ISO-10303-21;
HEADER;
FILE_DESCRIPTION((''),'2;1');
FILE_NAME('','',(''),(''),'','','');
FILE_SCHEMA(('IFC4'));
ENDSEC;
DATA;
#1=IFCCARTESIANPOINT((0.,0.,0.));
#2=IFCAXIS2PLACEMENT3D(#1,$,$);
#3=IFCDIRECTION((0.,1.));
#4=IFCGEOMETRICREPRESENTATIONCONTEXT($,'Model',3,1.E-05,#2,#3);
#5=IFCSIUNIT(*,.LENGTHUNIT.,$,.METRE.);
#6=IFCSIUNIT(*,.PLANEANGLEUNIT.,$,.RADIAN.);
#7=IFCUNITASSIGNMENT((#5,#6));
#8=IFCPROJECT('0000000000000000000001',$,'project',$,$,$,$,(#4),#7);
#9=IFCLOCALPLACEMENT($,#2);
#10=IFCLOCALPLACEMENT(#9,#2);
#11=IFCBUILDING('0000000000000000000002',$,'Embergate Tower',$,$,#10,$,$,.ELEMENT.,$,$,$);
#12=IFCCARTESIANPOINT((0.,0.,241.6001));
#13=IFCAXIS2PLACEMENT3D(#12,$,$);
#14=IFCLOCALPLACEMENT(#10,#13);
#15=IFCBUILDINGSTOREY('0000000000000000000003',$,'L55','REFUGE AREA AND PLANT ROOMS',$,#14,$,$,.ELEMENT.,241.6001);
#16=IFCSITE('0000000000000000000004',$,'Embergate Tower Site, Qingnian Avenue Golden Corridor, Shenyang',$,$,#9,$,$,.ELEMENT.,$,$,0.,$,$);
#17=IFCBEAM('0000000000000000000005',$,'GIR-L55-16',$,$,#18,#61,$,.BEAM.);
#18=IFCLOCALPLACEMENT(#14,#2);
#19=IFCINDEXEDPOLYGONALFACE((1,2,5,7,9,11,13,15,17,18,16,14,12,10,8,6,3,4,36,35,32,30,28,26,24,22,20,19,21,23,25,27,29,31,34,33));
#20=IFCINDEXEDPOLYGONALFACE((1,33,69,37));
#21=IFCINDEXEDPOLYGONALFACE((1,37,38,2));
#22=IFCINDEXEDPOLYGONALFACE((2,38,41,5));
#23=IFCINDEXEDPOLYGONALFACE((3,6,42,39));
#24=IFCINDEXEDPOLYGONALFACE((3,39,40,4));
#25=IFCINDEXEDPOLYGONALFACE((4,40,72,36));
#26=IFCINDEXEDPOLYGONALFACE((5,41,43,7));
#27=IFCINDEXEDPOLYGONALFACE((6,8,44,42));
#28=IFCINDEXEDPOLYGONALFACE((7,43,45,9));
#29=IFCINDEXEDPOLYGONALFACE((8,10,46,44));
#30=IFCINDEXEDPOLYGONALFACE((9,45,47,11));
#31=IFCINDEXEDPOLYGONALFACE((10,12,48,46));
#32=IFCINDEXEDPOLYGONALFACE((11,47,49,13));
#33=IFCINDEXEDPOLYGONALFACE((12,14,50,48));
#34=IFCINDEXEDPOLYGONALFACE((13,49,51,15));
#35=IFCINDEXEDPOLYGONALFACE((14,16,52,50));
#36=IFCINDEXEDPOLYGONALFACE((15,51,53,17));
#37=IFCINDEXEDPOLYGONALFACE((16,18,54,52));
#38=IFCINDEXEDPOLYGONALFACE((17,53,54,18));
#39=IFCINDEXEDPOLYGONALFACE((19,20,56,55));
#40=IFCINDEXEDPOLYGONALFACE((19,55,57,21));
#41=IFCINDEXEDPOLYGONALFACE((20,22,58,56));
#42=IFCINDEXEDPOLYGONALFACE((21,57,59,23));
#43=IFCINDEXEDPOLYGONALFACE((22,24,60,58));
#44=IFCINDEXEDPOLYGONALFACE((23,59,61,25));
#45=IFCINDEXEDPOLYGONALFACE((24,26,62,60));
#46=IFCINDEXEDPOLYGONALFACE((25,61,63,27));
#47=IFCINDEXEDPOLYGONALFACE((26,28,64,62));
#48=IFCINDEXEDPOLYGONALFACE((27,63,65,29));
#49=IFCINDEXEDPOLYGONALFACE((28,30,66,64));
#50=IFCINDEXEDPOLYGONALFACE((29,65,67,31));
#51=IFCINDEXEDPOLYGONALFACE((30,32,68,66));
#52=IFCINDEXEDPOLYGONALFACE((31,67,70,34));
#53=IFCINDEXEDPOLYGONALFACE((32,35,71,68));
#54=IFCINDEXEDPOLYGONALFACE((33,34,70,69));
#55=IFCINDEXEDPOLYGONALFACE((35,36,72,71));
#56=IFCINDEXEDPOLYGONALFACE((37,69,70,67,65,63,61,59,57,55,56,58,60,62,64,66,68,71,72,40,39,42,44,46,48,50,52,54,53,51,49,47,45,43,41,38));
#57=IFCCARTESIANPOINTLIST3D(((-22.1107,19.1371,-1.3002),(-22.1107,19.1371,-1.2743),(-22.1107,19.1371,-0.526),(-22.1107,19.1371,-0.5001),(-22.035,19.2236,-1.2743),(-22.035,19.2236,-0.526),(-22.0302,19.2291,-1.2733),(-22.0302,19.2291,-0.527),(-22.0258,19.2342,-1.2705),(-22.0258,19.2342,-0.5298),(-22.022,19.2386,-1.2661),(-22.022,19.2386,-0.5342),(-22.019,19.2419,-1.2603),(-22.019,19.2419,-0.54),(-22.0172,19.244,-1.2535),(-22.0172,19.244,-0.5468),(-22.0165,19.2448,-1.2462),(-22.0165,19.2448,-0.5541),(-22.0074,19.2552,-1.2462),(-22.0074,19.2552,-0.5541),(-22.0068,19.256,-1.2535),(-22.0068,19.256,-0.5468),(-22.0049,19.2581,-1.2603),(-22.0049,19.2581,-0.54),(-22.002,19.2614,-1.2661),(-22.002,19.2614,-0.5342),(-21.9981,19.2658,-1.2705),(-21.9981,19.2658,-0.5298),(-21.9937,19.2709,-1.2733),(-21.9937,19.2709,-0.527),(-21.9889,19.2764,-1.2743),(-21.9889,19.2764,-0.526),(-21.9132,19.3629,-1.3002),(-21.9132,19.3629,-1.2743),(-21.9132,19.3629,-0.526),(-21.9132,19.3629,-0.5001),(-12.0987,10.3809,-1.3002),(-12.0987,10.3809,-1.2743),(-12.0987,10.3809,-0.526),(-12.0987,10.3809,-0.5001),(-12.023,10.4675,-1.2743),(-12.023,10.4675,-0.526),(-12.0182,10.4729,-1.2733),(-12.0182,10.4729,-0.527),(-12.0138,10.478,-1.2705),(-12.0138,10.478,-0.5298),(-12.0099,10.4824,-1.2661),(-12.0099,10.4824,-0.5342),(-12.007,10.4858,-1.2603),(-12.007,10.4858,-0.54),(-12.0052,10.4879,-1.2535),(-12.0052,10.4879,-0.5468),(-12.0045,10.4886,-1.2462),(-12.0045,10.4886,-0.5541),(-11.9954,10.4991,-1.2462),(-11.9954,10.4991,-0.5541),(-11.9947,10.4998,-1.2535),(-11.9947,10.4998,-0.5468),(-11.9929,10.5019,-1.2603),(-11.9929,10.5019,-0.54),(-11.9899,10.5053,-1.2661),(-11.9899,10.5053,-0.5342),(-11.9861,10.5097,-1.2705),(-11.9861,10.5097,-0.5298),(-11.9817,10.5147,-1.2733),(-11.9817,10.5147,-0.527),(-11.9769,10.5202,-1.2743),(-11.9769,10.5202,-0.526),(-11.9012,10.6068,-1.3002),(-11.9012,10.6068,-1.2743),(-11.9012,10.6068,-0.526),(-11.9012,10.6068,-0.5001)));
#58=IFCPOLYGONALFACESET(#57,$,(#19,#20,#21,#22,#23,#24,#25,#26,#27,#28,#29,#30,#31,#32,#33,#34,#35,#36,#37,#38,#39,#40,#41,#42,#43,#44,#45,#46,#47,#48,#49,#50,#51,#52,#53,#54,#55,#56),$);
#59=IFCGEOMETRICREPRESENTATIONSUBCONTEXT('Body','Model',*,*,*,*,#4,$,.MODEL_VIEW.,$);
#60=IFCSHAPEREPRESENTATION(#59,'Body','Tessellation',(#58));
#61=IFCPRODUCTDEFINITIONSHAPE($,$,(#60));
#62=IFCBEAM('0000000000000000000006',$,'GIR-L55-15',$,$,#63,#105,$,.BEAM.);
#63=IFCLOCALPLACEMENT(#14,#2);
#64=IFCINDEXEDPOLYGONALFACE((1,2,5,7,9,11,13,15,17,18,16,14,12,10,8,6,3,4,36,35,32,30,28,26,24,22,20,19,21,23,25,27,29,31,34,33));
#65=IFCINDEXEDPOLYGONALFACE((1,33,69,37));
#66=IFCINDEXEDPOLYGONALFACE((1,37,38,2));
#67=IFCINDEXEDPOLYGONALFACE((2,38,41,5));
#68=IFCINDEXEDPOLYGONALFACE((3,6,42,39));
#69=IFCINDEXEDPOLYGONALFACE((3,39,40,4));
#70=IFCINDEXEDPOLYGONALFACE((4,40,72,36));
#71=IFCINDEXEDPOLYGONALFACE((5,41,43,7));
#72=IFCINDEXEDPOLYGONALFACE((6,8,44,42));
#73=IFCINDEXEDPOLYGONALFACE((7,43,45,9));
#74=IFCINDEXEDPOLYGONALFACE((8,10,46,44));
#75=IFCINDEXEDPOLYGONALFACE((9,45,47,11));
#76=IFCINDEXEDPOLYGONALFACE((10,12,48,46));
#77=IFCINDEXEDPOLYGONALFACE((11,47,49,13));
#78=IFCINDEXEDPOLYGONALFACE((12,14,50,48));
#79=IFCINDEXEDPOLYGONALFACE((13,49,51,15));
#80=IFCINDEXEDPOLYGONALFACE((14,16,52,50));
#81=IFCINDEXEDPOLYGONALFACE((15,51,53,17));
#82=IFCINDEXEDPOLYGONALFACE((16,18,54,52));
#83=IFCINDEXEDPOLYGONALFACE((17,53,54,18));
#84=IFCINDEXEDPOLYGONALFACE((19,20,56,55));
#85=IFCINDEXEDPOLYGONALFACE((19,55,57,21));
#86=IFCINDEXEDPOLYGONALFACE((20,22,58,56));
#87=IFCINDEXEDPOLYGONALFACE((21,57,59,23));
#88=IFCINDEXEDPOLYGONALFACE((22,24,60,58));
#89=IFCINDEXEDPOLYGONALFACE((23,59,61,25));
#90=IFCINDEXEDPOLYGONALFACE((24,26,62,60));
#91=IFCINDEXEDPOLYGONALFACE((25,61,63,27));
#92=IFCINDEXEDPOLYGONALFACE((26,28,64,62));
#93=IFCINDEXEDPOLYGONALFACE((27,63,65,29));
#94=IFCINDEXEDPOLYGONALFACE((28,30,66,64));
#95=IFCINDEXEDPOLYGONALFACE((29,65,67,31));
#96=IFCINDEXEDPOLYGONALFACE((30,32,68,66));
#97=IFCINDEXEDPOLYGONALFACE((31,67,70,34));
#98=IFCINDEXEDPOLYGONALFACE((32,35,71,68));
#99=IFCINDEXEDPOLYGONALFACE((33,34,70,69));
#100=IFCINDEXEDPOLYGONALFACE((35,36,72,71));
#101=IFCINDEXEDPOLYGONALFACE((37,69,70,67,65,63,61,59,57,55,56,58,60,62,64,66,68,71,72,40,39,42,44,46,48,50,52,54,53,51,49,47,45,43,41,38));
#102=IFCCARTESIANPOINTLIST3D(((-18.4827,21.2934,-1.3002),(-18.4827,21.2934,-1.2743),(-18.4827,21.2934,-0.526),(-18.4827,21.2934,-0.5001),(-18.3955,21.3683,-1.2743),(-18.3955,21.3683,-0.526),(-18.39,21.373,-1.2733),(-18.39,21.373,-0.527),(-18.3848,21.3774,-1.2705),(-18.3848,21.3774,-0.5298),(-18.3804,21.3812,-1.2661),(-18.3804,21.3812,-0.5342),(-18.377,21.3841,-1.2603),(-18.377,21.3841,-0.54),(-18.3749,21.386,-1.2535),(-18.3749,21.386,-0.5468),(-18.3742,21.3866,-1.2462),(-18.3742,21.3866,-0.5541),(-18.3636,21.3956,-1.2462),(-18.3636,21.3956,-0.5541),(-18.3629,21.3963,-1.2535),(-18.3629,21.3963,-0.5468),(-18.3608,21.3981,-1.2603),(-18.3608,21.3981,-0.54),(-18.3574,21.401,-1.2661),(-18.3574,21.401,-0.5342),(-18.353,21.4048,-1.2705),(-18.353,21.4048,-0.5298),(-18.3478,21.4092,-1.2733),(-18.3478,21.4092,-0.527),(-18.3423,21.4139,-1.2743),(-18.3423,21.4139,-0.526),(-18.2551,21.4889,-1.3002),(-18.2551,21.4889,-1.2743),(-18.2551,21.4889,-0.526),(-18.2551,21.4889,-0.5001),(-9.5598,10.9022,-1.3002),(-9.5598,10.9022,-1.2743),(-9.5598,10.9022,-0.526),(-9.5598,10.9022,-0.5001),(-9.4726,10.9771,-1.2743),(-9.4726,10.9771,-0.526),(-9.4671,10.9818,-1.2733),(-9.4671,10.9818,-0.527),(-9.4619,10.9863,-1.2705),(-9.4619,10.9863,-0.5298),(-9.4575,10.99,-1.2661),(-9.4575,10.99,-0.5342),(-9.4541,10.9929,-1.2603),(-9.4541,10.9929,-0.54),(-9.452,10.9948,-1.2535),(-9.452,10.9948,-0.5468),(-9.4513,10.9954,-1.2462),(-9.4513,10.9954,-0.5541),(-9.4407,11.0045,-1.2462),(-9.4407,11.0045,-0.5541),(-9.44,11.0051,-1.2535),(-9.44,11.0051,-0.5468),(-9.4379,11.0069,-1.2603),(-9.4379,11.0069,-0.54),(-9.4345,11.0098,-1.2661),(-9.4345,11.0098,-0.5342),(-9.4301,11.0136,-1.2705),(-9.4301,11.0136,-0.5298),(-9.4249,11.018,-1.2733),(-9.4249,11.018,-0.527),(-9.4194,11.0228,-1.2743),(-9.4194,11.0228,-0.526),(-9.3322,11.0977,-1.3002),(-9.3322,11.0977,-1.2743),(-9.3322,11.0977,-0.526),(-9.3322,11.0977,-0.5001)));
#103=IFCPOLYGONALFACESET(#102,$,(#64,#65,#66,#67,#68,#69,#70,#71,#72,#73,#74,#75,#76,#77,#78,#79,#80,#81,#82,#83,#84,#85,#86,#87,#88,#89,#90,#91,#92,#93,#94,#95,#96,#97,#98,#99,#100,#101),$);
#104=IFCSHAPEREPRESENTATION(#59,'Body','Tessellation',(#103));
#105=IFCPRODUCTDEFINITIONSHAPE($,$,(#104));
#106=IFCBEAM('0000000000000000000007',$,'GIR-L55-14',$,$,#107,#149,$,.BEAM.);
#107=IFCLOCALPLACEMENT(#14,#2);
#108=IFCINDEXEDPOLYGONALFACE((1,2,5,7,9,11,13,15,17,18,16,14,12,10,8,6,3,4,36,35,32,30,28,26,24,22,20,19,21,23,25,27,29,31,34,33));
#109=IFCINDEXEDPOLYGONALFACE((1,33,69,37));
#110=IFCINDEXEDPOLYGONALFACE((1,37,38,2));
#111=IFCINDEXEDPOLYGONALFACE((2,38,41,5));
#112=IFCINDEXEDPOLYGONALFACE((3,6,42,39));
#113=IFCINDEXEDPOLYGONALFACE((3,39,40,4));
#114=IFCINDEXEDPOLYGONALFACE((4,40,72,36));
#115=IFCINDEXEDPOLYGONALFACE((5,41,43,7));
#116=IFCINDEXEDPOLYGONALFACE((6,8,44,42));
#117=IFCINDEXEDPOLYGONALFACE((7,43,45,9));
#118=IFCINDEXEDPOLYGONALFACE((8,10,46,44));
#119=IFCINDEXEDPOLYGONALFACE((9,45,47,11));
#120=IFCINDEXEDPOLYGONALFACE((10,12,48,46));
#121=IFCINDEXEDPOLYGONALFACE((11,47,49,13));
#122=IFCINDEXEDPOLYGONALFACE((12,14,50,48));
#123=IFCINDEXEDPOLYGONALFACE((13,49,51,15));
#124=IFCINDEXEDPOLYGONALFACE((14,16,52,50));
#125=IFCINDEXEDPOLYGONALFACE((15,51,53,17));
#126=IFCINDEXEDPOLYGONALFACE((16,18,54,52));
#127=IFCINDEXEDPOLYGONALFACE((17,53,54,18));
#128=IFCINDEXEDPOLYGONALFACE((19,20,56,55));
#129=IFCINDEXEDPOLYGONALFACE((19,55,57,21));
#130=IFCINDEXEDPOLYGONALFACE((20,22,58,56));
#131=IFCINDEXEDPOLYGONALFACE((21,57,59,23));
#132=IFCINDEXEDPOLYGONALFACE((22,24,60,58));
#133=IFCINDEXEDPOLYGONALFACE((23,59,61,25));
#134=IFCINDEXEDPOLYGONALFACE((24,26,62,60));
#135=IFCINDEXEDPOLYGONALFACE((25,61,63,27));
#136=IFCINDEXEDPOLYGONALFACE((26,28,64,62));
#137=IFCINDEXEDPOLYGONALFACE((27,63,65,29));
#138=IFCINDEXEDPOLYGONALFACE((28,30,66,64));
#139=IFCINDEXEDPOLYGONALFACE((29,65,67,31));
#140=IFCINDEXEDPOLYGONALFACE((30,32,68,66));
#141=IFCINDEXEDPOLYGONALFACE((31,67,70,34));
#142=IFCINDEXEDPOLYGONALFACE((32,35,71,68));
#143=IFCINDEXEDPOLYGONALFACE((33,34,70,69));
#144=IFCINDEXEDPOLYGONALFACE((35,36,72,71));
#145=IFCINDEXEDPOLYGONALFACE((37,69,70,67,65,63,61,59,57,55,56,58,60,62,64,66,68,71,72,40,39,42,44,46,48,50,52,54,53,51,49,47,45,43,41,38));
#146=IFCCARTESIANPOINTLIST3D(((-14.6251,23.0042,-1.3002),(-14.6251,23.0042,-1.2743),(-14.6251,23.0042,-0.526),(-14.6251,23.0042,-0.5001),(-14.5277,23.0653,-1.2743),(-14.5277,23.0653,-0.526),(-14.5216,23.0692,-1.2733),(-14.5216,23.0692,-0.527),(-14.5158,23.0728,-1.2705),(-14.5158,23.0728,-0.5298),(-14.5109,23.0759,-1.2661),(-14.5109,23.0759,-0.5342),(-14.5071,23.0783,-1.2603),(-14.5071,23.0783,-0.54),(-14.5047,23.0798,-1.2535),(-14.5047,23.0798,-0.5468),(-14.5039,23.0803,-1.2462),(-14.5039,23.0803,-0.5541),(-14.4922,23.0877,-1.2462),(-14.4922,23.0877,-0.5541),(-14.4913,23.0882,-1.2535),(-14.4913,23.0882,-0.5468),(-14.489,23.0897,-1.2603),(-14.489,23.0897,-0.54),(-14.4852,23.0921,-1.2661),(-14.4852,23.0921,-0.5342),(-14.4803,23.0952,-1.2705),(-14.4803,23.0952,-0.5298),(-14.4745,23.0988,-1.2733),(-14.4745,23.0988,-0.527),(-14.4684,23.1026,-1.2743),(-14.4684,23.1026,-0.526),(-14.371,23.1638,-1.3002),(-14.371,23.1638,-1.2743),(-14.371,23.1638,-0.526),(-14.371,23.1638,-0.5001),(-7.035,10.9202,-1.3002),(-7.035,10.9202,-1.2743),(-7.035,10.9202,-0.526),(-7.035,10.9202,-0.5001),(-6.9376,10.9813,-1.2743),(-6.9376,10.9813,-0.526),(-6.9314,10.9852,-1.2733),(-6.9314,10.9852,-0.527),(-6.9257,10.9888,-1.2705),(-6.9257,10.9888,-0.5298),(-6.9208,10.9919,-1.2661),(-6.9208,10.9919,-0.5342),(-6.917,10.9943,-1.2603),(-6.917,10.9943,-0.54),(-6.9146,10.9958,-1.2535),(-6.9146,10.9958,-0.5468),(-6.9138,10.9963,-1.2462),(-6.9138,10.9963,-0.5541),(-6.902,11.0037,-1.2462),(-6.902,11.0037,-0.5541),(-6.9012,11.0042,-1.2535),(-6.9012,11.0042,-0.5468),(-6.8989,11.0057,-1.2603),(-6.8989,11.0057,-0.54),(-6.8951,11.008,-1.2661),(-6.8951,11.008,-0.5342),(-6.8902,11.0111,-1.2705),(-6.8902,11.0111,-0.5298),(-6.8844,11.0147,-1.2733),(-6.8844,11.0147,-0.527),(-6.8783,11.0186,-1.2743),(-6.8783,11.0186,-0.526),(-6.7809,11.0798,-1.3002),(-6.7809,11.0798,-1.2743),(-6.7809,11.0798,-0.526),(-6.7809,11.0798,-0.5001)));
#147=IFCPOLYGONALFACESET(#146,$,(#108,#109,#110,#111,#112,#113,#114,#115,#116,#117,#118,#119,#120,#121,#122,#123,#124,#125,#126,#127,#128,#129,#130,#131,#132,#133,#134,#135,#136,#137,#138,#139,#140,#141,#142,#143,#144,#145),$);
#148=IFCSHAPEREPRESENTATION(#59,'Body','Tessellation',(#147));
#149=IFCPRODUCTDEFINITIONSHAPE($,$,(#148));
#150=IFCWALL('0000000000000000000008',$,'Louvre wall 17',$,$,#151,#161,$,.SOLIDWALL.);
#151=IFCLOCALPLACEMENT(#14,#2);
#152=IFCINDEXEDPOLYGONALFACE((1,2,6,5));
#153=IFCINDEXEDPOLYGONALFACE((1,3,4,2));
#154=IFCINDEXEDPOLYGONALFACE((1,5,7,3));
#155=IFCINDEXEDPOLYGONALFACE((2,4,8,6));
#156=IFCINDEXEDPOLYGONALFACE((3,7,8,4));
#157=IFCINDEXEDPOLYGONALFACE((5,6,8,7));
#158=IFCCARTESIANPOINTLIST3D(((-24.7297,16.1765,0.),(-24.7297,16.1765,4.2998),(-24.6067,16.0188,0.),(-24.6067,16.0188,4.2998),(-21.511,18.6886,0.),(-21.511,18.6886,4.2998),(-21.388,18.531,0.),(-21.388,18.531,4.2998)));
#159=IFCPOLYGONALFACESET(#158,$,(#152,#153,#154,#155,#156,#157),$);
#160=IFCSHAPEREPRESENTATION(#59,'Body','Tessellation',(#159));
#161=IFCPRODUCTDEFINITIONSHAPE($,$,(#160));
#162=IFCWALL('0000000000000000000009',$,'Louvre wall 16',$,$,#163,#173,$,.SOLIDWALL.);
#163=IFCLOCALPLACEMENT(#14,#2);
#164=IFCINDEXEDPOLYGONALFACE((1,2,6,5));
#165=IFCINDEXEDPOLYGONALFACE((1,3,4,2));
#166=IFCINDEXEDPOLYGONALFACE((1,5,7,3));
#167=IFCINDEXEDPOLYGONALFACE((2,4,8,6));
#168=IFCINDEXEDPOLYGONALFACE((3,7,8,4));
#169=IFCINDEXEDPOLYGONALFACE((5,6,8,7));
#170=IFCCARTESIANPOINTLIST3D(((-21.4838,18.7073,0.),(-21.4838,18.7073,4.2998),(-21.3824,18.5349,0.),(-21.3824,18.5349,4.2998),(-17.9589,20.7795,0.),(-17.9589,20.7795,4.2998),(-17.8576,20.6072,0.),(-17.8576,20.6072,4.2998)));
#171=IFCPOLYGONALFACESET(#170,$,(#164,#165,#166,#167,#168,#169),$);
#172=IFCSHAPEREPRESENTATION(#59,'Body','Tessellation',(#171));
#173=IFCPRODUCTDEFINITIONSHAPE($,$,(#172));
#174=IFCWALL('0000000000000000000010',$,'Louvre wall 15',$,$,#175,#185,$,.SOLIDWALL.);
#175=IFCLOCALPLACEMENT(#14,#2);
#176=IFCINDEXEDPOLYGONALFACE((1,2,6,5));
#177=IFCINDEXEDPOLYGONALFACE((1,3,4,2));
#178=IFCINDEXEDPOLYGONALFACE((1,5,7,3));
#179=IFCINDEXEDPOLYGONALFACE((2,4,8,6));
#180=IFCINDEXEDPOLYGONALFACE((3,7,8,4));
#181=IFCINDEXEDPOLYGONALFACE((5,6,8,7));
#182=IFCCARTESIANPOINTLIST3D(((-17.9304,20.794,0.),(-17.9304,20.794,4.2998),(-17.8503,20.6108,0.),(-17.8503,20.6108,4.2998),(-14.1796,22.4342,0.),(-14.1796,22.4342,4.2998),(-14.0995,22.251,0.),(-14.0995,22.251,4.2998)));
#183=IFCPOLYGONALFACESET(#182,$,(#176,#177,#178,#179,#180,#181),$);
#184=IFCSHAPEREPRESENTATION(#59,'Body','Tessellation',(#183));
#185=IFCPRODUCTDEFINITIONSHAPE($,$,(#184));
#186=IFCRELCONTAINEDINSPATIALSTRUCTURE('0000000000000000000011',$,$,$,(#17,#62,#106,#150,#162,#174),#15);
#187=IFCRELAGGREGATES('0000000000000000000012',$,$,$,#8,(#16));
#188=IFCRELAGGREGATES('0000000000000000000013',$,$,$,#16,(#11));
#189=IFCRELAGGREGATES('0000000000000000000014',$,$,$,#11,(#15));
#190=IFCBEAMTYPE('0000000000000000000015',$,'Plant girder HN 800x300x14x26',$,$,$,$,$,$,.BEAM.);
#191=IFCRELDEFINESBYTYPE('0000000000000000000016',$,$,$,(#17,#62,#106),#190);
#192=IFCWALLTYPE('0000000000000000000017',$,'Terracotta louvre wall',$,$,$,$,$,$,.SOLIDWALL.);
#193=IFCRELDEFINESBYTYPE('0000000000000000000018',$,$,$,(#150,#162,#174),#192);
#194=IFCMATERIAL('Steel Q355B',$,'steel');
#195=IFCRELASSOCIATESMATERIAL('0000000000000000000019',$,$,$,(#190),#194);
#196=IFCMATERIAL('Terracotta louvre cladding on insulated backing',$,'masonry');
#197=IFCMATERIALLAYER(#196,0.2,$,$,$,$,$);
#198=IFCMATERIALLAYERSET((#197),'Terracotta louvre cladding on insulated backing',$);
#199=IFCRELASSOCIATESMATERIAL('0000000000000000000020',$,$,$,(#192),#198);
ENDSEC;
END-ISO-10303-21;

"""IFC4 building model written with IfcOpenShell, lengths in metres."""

from ifc_helpers import new_model, si_unit, direction, frame, frame_2d, origin, origin_2d, place, context, subcontext, project, spatial, rectangle, i_section, extrude, source, transform, mapped, material, layer, layer_set, material_profile, profile_set, type_object, element, save


model = new_model("IFC4")

# Units and contexts
model_context = context("Model", 3, precision=1e-05, world=origin(), true_north=direction((0.0, 1.0)))
body_context = subcontext(model_context, "Body", "Model", "MODEL_VIEW")
ifc_project = project(units=[si_unit("LENGTHUNIT", "METRE"), si_unit("PLANEANGLEUNIT", "RADIAN")], contexts=[model_context])

# Site, building, storey
site_placement = place(None, origin())
site = spatial("IfcSite", under=ifc_project, at=site_placement, Name="Embergate Tower Site, Qingnian Avenue Golden Corridor, Shenyang", CompositionType="ELEMENT", RefElevation=0.0)
building_placement = place(site_placement, origin())
building = spatial("IfcBuilding", under=site, at=building_placement, Name="Embergate Tower", CompositionType="ELEMENT")
storey_placement = place(building_placement, frame((0.0, 0.0, 241.6001)))
storey = spatial("IfcBuildingStorey", under=building, at=storey_placement, Name="L55", Description="REFUGE AREA AND PLANT ROOMS", CompositionType="ELEMENT", Elevation=241.6001)

# Beams
ifc_material_1 = material(Name="Steel Q355B", Category="steel")
ifc_material_profile_1 = material_profile(ifc_material_1, i_section(OverallWidth=0.3, OverallDepth=0.8, WebThickness=0.0139, FlangeThickness=0.0259, FilletRadius=0.0281, at=origin_2d()), Name="HN 800x300x14x26")
ifc_profile_set_1 = profile_set([ifc_material_profile_1], Name="Steel Q355 grade B")
beam_type_1 = type_object("IfcBeamType", Name="Plant girder HN 800x300x14x26", PredefinedType="BEAM", material=ifc_profile_set_1)
shared_shape_1 = source(origin(), body_context, "Body", "SweptSolid", [
    extrude(i_section(OverallWidth=0.3, OverallDepth=0.8, WebThickness=0.0139, FlangeThickness=0.0259, FilletRadius=0.0281, at=origin_2d()), origin(), (0.0, 0.0, 1.0), 13.3008),
])
beam_1_placement = place(storey_placement, frame((-22.012, 19.25, -0.9001), z_axis=(0.752739, -0.658319, 0.0), x_axis=(0.658319, 0.752739, 0.0)))
element("IfcBeam", 1, at=beam_1_placement, inside=storey, type_object=beam_type_1, Name="GIR-L55-16", PredefinedType="BEAM", context=body_context, shape_type="MappedRepresentation", body=[
    mapped(shared_shape_1, transform((0.0, 0.0, 0.0))),
])
shared_shape_2 = source(origin(), body_context, "Body", "SweptSolid", [
    extrude(i_section(OverallWidth=0.3, OverallDepth=0.8, WebThickness=0.0139, FlangeThickness=0.0259, FilletRadius=0.0281, at=origin_2d()), origin(), (0.0, 0.0, 1.0), 13.6965),
])
beam_2_placement = place(storey_placement, frame((-18.3689, 21.3911, -0.9001), z_axis=(0.651472, -0.758672, 0.0), x_axis=(0.758672, 0.651472, 0.0)))
element("IfcBeam", 2, at=beam_2_placement, inside=storey, type_object=beam_type_1, Name="GIR-L55-15", PredefinedType="BEAM", context=body_context, shape_type="MappedRepresentation", body=[
    mapped(shared_shape_2, transform((0.0, 0.0, 0.0))),
])
shared_shape_3 = source(origin(), body_context, "Body", "SweptSolid", [
    extrude(i_section(OverallWidth=0.3, OverallDepth=0.8, WebThickness=0.0139, FlangeThickness=0.0259, FilletRadius=0.0281, at=origin_2d()), origin(), (0.0, 0.0, 1.0), 14.27),
])
beam_3_placement = place(storey_placement, frame((-14.498, 23.084, -0.9001), z_axis=(0.531892, -0.846812, 0.0), x_axis=(0.846812, 0.531892, 0.0)))
element("IfcBeam", 3, at=beam_3_placement, inside=storey, type_object=beam_type_1, Name="GIR-L55-14", PredefinedType="BEAM", context=body_context, shape_type="MappedRepresentation", body=[
    mapped(shared_shape_3, transform((0.0, 0.0, 0.0))),
])

# Walls
ifc_material_2 = material(Name="Terracotta louvre cladding on insulated backing", Category="masonry")
ifc_layer_1 = layer(ifc_material_2, 0.2)
ifc_layer_set_1 = layer_set([ifc_layer_1], Name="Terracotta louvre cladding on insulated backing")
wall_type = type_object("IfcWallType", Name="Terracotta louvre wall", PredefinedType="SOLIDWALL", material=ifc_layer_set_1)
shared_shape_4 = source(origin(), body_context, "Body", "SweptSolid", [
    extrude(rectangle(XDim=4.083, YDim=0.2, at=frame_2d((2.0415, 0.0))), origin(), (0.0, 0.0, 1.0), 4.2998),
])
wall_1_placement = place(storey_placement, frame((-24.6682, 16.0977, 0.0), z_axis=(0.0, 0.0, 1.0), x_axis=(0.788314, 0.615273, 0.0)))
element("IfcWall", 4, at=wall_1_placement, inside=storey, type_object=wall_type, Name="Louvre wall 17", PredefinedType="SOLIDWALL", context=body_context, shape_type="MappedRepresentation", body=[
    mapped(shared_shape_4, transform((0.0, 0.0, 0.0))),
])
shared_shape_5 = source(origin(), body_context, "Body", "SweptSolid", [
    extrude(rectangle(XDim=4.0889, YDim=0.2, at=frame_2d((2.0444, 0.0))), origin(), (0.0, 0.0, 1.0), 4.2998),
])
wall_2_placement = place(storey_placement, frame((-21.4331, 18.6211, 0.0), z_axis=(0.0, 0.0, 1.0), x_axis=(0.862063, 0.506801, 0.0)))
element("IfcWall", 5, at=wall_2_placement, inside=storey, type_object=wall_type, Name="Louvre wall 16", PredefinedType="SOLIDWALL", context=body_context, shape_type="MappedRepresentation", body=[
    mapped(shared_shape_5, transform((0.0, 0.0, 0.0))),
])
shared_shape_6 = source(origin(), body_context, "Body", "SweptSolid", [
    extrude(rectangle(XDim=4.0938, YDim=0.2, at=frame_2d((2.0469, 0.0))), origin(), (0.0, 0.0, 1.0), 4.2998),
])
wall_3_placement = place(storey_placement, frame((-17.8904, 20.7024, 0.0), z_axis=(0.0, 0.0, 1.0), x_axis=(0.91623, 0.400653, 0.0)))
element("IfcWall", 6, at=wall_3_placement, inside=storey, type_object=wall_type, Name="Louvre wall 15", PredefinedType="SOLIDWALL", context=body_context, shape_type="MappedRepresentation", body=[
    mapped(shared_shape_6, transform((0.0, 0.0, 0.0))),
])

save(model, "model.ifc")
